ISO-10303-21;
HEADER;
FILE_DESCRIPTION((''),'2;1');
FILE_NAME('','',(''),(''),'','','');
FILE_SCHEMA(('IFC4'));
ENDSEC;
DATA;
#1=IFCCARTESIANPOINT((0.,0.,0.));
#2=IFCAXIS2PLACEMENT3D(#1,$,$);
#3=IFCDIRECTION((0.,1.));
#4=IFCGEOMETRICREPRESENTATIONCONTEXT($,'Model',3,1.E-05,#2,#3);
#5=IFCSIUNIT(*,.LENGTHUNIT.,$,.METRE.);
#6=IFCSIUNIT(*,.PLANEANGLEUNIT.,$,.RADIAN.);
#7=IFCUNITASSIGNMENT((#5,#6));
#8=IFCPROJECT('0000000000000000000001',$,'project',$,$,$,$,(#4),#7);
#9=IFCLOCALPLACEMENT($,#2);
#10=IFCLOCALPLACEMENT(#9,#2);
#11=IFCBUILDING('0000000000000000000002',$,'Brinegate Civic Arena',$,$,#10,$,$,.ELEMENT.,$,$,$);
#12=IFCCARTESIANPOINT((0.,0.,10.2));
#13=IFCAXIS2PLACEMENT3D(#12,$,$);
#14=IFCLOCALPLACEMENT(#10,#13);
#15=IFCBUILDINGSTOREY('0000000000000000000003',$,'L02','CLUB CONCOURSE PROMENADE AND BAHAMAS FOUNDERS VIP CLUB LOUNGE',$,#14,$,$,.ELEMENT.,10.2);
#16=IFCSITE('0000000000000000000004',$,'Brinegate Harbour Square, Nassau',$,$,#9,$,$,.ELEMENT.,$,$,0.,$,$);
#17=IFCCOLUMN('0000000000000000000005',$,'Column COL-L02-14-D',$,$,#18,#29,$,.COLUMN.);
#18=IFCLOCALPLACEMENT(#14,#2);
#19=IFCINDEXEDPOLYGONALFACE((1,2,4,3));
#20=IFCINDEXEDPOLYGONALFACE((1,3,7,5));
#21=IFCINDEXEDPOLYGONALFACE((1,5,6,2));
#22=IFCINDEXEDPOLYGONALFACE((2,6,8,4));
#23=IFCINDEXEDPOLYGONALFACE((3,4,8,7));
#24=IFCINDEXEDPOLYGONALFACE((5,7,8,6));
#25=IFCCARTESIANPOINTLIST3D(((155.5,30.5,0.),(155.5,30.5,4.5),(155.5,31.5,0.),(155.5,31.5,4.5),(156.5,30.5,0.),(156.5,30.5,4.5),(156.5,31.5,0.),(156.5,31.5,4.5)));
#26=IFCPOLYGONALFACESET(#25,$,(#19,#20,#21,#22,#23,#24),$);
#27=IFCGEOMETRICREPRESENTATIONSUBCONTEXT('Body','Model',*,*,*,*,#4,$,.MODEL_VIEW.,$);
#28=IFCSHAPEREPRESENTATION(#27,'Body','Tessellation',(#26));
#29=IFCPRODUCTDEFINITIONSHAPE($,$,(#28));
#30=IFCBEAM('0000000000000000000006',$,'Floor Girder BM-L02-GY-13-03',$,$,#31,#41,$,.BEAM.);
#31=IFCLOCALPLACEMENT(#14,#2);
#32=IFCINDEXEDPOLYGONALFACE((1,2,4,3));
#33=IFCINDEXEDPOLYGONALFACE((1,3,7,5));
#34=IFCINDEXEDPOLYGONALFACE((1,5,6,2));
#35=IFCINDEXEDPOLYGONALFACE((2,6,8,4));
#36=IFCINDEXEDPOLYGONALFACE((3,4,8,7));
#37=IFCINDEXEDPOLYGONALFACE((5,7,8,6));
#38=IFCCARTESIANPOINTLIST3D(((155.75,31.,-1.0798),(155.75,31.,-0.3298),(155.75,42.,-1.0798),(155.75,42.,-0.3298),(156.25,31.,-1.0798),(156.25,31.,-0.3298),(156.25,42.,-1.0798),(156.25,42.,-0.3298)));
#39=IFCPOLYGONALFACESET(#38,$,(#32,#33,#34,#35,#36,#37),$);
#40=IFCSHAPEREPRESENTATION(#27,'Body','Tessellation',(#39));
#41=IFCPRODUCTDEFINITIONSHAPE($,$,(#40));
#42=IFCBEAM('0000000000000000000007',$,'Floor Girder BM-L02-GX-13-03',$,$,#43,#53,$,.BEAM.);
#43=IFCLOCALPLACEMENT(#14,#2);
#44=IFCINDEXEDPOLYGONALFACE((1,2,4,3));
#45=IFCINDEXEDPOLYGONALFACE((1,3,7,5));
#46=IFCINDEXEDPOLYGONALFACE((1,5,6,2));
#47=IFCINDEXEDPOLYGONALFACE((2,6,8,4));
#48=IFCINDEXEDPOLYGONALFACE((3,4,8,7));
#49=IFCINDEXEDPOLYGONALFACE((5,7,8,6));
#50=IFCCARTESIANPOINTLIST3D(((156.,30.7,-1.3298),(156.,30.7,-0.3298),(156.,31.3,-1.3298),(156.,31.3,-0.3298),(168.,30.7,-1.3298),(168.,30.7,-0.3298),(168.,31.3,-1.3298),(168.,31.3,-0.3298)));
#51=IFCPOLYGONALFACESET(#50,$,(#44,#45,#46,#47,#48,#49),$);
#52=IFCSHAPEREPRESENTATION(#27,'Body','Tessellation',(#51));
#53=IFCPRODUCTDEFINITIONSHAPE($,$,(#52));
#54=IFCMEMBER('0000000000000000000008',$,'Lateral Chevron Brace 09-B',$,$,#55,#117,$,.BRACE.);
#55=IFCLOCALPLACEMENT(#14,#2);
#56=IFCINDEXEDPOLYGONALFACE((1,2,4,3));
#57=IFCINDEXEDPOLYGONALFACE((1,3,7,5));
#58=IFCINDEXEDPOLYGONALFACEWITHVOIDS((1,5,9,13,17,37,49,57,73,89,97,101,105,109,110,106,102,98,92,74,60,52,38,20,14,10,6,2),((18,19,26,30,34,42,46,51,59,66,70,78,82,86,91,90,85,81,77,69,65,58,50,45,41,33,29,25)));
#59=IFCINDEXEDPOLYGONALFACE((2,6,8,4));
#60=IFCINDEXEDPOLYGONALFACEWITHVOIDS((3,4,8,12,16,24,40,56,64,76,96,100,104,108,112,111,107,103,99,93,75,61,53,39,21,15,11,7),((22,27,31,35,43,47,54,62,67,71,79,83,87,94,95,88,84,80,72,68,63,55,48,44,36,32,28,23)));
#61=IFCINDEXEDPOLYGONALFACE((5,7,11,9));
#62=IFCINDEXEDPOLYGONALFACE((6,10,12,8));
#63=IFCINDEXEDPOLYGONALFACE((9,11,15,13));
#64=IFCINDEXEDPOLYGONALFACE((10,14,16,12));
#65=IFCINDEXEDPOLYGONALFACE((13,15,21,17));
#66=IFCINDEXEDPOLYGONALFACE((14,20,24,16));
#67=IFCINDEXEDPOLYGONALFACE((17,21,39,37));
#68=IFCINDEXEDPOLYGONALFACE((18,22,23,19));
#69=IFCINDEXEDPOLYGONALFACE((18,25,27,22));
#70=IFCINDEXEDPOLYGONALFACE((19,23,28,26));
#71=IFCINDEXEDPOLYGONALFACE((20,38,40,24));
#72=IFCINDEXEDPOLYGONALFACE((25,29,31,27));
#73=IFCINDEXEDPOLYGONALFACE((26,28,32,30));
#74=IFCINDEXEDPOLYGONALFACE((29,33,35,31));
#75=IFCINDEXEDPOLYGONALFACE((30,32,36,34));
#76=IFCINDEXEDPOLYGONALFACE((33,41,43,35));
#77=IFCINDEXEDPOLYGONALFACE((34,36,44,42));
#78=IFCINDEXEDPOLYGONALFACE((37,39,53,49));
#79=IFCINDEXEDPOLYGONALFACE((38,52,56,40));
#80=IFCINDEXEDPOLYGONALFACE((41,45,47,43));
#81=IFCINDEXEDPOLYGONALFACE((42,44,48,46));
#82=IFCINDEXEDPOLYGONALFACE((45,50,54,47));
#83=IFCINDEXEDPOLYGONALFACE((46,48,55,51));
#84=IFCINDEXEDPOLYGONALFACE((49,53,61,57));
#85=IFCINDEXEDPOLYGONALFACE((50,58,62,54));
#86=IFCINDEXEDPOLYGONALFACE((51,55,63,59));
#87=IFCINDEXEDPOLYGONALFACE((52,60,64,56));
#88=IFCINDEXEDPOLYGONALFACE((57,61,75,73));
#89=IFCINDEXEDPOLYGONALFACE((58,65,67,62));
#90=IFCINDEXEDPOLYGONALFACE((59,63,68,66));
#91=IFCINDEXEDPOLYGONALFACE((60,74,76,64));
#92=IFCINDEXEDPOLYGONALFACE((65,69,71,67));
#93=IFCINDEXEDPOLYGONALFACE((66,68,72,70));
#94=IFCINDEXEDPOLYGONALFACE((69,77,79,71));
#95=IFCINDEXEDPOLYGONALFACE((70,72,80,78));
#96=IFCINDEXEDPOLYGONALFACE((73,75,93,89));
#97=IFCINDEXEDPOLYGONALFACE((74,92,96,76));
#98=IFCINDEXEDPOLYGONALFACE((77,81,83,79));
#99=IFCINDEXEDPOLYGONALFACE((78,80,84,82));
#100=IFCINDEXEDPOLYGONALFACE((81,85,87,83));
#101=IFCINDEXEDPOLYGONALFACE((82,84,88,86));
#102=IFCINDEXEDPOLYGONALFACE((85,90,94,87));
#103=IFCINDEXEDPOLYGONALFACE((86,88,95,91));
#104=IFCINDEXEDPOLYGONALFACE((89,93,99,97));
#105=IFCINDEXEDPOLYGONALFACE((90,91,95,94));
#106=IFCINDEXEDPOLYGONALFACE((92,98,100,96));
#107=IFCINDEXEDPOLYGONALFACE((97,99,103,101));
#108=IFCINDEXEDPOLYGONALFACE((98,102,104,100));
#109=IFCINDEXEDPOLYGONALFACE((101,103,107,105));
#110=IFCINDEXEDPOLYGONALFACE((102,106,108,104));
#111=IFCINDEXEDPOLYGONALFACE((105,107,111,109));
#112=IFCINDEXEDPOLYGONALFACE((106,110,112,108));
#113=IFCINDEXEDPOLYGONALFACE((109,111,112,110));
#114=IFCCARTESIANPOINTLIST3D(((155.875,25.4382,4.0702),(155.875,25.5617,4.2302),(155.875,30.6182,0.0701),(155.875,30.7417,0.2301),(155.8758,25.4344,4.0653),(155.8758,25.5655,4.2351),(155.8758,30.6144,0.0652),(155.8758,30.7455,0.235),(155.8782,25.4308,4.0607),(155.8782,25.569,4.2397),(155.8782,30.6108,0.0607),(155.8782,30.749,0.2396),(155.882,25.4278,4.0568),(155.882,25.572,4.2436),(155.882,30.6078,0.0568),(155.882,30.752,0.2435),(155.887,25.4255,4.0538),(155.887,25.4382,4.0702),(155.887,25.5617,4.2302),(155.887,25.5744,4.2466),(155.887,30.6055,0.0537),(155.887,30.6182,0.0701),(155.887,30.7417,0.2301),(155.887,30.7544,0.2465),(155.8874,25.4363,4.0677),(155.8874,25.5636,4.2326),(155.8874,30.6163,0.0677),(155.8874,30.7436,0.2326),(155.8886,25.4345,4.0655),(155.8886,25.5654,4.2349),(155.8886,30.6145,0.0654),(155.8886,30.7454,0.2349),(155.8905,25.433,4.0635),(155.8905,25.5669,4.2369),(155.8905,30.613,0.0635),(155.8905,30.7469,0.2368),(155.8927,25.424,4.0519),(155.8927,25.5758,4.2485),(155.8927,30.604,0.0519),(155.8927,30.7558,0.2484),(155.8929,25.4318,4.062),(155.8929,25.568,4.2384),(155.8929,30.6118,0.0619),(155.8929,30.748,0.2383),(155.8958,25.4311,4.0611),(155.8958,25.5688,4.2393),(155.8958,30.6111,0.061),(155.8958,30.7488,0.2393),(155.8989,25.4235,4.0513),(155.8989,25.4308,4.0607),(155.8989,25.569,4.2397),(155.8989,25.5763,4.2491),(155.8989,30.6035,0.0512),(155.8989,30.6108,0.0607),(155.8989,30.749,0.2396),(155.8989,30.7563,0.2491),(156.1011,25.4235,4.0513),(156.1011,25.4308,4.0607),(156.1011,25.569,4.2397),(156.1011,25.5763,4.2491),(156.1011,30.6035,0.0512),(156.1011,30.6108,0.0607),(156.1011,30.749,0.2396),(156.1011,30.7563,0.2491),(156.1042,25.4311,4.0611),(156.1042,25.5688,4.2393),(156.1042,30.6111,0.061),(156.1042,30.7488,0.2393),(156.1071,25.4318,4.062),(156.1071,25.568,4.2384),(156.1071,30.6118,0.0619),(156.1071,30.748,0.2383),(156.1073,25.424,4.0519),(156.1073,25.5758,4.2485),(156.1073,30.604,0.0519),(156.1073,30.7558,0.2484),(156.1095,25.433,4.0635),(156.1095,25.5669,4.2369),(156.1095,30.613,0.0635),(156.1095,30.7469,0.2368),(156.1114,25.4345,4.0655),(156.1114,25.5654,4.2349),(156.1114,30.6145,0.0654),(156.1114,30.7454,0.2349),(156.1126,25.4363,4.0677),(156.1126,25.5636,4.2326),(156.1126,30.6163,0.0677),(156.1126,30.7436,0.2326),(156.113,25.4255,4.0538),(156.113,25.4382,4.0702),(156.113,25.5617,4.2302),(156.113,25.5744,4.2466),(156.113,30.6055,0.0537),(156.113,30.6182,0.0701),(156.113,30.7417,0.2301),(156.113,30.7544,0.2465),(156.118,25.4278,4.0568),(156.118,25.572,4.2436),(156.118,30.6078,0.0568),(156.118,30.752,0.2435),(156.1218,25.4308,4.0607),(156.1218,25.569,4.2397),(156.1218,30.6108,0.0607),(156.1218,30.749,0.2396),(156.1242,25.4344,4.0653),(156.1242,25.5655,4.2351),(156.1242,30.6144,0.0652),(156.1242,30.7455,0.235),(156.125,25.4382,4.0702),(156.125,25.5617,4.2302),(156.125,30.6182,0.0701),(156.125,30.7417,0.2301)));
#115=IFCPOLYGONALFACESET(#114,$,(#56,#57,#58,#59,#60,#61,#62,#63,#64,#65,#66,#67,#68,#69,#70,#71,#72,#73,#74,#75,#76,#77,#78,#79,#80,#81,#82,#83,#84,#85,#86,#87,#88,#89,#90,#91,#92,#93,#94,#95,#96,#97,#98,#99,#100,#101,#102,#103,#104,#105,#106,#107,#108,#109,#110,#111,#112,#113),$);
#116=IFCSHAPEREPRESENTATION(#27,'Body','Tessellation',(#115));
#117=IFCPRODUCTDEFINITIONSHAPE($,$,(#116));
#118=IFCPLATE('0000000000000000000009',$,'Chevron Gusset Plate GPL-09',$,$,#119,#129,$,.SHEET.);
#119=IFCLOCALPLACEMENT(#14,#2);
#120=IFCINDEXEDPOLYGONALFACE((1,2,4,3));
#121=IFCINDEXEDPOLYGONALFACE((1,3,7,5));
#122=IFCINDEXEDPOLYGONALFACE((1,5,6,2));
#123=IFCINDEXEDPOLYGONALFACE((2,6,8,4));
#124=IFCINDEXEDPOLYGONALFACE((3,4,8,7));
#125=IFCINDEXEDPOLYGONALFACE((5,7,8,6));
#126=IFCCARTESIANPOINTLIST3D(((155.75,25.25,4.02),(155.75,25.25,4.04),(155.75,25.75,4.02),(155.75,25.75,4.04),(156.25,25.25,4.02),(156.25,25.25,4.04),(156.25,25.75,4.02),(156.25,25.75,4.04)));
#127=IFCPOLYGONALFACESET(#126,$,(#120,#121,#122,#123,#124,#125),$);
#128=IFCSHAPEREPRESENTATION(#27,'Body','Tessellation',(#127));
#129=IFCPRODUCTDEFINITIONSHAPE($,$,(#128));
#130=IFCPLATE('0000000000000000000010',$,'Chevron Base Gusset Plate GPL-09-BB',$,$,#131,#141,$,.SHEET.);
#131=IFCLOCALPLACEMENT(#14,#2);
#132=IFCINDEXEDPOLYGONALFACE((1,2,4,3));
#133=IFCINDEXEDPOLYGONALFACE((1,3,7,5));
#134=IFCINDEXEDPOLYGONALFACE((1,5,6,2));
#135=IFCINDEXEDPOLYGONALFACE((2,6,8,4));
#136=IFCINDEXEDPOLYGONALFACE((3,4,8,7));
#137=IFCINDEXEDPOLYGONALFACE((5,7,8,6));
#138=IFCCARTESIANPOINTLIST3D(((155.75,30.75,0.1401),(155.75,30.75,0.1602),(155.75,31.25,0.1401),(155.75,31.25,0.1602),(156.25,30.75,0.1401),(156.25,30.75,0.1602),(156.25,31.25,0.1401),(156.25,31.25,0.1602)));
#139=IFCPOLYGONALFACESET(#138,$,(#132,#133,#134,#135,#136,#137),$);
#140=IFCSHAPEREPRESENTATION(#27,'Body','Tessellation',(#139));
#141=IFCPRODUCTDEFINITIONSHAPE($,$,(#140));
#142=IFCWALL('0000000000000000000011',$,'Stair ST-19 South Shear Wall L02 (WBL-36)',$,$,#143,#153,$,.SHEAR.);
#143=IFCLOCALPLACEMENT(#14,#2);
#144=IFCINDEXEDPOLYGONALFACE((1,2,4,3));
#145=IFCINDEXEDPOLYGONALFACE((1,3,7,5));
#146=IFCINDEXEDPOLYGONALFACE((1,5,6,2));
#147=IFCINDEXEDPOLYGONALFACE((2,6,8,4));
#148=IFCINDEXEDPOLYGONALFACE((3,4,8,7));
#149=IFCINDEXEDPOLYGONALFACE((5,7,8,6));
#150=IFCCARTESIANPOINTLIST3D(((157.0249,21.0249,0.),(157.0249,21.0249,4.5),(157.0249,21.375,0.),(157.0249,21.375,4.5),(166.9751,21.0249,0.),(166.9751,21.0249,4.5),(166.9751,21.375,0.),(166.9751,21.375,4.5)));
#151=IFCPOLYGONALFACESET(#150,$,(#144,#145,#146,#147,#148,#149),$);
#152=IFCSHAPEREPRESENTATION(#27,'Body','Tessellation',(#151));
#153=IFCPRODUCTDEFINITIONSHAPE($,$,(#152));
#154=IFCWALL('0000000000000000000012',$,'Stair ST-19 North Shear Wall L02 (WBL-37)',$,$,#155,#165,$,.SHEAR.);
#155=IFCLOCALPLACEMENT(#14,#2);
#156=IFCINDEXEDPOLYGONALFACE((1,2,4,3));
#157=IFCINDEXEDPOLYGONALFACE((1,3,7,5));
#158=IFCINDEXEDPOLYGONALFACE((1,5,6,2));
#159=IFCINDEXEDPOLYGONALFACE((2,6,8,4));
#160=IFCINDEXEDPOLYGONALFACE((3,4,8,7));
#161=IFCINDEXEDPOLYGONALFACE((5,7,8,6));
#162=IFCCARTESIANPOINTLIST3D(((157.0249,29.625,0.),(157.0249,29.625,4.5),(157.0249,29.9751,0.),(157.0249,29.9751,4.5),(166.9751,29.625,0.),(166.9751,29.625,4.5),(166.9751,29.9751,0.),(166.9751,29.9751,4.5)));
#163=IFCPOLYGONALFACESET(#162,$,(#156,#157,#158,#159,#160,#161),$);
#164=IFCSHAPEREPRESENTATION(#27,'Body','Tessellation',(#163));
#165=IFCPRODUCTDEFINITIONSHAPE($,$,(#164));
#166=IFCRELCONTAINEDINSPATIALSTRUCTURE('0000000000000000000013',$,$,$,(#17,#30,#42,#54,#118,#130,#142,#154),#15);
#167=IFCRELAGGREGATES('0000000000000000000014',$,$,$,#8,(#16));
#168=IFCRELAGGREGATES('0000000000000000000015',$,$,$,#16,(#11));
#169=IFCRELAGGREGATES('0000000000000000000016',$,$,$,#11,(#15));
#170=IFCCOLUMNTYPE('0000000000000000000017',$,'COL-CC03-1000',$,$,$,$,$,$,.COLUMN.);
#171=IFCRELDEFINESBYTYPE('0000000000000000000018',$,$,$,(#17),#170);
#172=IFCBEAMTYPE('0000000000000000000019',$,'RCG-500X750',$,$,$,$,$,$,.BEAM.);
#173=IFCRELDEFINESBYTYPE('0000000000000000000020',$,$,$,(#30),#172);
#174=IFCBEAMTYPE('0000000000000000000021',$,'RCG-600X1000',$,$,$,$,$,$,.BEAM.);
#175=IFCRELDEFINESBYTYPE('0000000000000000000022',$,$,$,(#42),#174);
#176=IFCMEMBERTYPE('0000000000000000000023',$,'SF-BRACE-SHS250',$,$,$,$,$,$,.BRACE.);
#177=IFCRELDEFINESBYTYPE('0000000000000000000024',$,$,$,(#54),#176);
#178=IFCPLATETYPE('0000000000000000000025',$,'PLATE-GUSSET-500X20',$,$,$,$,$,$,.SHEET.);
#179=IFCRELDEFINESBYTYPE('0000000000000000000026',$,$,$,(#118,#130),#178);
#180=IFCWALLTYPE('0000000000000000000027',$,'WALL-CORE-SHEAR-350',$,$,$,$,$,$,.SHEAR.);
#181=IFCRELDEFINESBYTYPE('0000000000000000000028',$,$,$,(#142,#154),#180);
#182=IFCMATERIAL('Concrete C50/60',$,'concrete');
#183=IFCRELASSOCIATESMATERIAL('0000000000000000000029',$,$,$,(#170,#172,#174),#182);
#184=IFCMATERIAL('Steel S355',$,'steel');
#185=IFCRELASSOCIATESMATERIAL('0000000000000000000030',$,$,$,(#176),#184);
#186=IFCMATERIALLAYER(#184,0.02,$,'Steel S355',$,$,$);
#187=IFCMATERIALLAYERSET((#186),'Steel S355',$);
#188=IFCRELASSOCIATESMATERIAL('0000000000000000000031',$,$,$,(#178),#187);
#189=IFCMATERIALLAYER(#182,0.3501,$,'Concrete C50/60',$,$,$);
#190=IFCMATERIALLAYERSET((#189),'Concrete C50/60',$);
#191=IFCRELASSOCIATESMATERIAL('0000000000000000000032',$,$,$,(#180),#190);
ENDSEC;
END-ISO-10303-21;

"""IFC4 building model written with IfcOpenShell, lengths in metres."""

from ifc_helpers import new_model, si_unit, direction, frame, frame_2d, origin, origin_2d, place, context, subcontext, project, spatial, rectangle, hollow_rectangle, extrude, material, layer, layer_set, material_profile, profile_set, type_object, element, save


model = new_model("IFC4")

# Units and contexts
model_context = context("Model", 3, precision=1e-05, world=origin(), true_north=direction((0.0, 1.0)))
body_context = subcontext(model_context, "Body", "Model", "MODEL_VIEW")
ifc_project = project(units=[si_unit("LENGTHUNIT", "METRE"), si_unit("PLANEANGLEUNIT", "RADIAN")], contexts=[model_context])

# Site, building, storey
site_placement = place(None, origin())
site = spatial("IfcSite", under=ifc_project, at=site_placement, Name="Brinegate Harbour Square, Nassau", CompositionType="ELEMENT", RefElevation=0.0)
building_placement = place(site_placement, origin())
building = spatial("IfcBuilding", under=site, at=building_placement, Name="Brinegate Civic Arena", CompositionType="ELEMENT")
storey_placement = place(building_placement, frame((0.0, 0.0, 10.2)))
storey = spatial("IfcBuildingStorey", under=building, at=storey_placement, Name="L02", Description="CLUB CONCOURSE PROMENADE AND BAHAMAS FOUNDERS VIP CLUB LOUNGE", CompositionType="ELEMENT", Elevation=10.2)

# Column
ifc_material_1 = material(Name="Concrete C50/60", Category="concrete")
ifc_material_profile_1 = material_profile(ifc_material_1, rectangle(XDim=1.0, YDim=1.0, at=origin_2d()), Name="RC1000X1000")
ifc_profile_set_1 = profile_set([ifc_material_profile_1], Name="Concrete C50/60")
column_type = type_object("IfcColumnType", Name="COL-CC03-1000", PredefinedType="COLUMN", material=ifc_profile_set_1)
column_placement = place(storey_placement, frame((156.0, 31.0, 0.0), z_axis=(0.0, 0.0, 1.0), x_axis=(1.0, 0.0, 0.0)))
element("IfcColumn", 1, at=column_placement, inside=storey, type_object=column_type, Name="Column COL-L02-14-D", PredefinedType="COLUMN", context=body_context, shape_type="SweptSolid", body=[
    extrude(rectangle(XDim=1.0, YDim=1.0, at=origin_2d()), origin(), (0.0, 0.0, 1.0), 4.5),
])

# Beams
ifc_material_profile_2 = material_profile(ifc_material_1, rectangle(XDim=0.5, YDim=0.75, at=origin_2d()), Name="RCB500X750")
ifc_profile_set_2 = profile_set([ifc_material_profile_2], Name="Concrete C50/60")
beam_type_1 = type_object("IfcBeamType", Name="RCG-500X750", PredefinedType="BEAM", material=ifc_profile_set_2)
beam_1_placement = place(storey_placement, frame((156.0, 31.0, -0.7048), z_axis=(0.0, 1.0, 0.0), x_axis=(-1.0, 0.0, 0.0)))
element("IfcBeam", 2, at=beam_1_placement, inside=storey, type_object=beam_type_1, Name="Floor Girder BM-L02-GY-13-03", PredefinedType="BEAM", context=body_context, shape_type="SweptSolid", body=[
    extrude(rectangle(XDim=0.5, YDim=0.75, at=origin_2d()), origin(), (0.0, 0.0, 1.0), 11.0),
])
ifc_material_profile_3 = material_profile(ifc_material_1, rectangle(XDim=0.6001, YDim=1.0, at=origin_2d()), Name="RCB600X1000")
ifc_profile_set_3 = profile_set([ifc_material_profile_3], Name="Concrete C50/60")
beam_type_2 = type_object("IfcBeamType", Name="RCG-600X1000", PredefinedType="BEAM", material=ifc_profile_set_3)
beam_2_placement = place(storey_placement, frame((156.0, 31.0, -0.8298), z_axis=(1.0, 0.0, 0.0), x_axis=(0.0, 1.0, 0.0)))
element("IfcBeam", 3, at=beam_2_placement, inside=storey, type_object=beam_type_2, Name="Floor Girder BM-L02-GX-13-03", PredefinedType="BEAM", context=body_context, shape_type="SweptSolid", body=[
    extrude(rectangle(XDim=0.6001, YDim=1.0, at=origin_2d()), origin(), (0.0, 0.0, 1.0), 12.0),
])

# Member
ifc_material_2 = material(Name="Steel S355", Category="steel")
ifc_material_profile_4 = material_profile(ifc_material_2, hollow_rectangle(XDim=0.25, YDim=0.25, WallThickness=0.012, InnerFilletRadius=0.012, OuterFilletRadius=0.0239, at=origin_2d()), Name="SHS250X12")
ifc_profile_set_4 = profile_set([ifc_material_profile_4], Name="Steel S355")
member_type = type_object("IfcMemberType", Name="SF-BRACE-SHS250", PredefinedType="BRACE", material=ifc_profile_set_4)
member_placement = place(storey_placement, frame((156.0, 30.6799, 0.1501), z_axis=(0.0, -0.791483, 0.611192), x_axis=(1.0, 0.0, 0.0)))
element("IfcMember", 4, at=member_placement, inside=storey, type_object=member_type, Name="Lateral Chevron Brace 09-B", PredefinedType="BRACE", context=body_context, shape_type="SweptSolid", body=[
    extrude(hollow_rectangle(XDim=0.25, YDim=0.25, WallThickness=0.012, InnerFilletRadius=0.012, OuterFilletRadius=0.0239, at=origin_2d()), origin(), (0.0, 0.0, 1.0), 6.5447),
])

# Plates
ifc_layer_1 = layer(ifc_material_2, 0.02, Name="Steel S355")
ifc_layer_set_1 = layer_set([ifc_layer_1], Name="Steel S355")
plate_type = type_object("IfcPlateType", Name="PLATE-GUSSET-500X20", PredefinedType="SHEET", material=ifc_layer_set_1)
for number, where, z_axis, x_axis, name in (
    (5, (156.0, 25.5, 4.02), (0.0, 0.0, 1.0), (1.0, 0.0, 0.0), "Chevron Gusset Plate GPL-09"),
    (6, (156.0, 31.0, 0.1401), (0.0, 0.0, 1.0), (1.0, 0.0, 0.0), "Chevron Base Gusset Plate GPL-09-BB"),
):
    element("IfcPlate", number, at=place(storey_placement, frame(where, z_axis=z_axis, x_axis=x_axis)), inside=storey, type_object=plate_type, Name=name, PredefinedType="SHEET", context=body_context, shape_type="SweptSolid", body=[
        extrude(rectangle(XDim=0.5, YDim=0.5, at=origin_2d()), origin(), (0.0, 0.0, 1.0), 0.02),
    ])

# Walls
ifc_layer_2 = layer(ifc_material_1, 0.3501, Name="Concrete C50/60")
ifc_layer_set_2 = layer_set([ifc_layer_2], Name="Concrete C50/60")
wall_type_1 = type_object("IfcWallType", Name="WALL-CORE-SHEAR-350", PredefinedType="SHEAR", material=ifc_layer_set_2)
for number, where, z_axis, x_axis, name in (
    (7, (157.0249, 21.2, 0.0), (0.0, 0.0, 1.0), (1.0, 0.0, 0.0), "Stair ST-19 South Shear Wall L02 (WBL-36)"),
    (8, (157.0249, 29.8, 0.0), (0.0, 0.0, 1.0), (1.0, 0.0, 0.0), "Stair ST-19 North Shear Wall L02 (WBL-37)"),
):
    element("IfcWall", number, at=place(storey_placement, frame(where, z_axis=z_axis, x_axis=x_axis)), inside=storey, type_object=wall_type_1, Name=name, PredefinedType="SHEAR", context=body_context, shape_type="SweptSolid", body=[
        extrude(rectangle(XDim=9.9502, YDim=0.3501, at=frame_2d((4.9751, 0.0))), origin(), (0.0, 0.0, 1.0), 4.5),
    ])

save(model, "model.ifc")
